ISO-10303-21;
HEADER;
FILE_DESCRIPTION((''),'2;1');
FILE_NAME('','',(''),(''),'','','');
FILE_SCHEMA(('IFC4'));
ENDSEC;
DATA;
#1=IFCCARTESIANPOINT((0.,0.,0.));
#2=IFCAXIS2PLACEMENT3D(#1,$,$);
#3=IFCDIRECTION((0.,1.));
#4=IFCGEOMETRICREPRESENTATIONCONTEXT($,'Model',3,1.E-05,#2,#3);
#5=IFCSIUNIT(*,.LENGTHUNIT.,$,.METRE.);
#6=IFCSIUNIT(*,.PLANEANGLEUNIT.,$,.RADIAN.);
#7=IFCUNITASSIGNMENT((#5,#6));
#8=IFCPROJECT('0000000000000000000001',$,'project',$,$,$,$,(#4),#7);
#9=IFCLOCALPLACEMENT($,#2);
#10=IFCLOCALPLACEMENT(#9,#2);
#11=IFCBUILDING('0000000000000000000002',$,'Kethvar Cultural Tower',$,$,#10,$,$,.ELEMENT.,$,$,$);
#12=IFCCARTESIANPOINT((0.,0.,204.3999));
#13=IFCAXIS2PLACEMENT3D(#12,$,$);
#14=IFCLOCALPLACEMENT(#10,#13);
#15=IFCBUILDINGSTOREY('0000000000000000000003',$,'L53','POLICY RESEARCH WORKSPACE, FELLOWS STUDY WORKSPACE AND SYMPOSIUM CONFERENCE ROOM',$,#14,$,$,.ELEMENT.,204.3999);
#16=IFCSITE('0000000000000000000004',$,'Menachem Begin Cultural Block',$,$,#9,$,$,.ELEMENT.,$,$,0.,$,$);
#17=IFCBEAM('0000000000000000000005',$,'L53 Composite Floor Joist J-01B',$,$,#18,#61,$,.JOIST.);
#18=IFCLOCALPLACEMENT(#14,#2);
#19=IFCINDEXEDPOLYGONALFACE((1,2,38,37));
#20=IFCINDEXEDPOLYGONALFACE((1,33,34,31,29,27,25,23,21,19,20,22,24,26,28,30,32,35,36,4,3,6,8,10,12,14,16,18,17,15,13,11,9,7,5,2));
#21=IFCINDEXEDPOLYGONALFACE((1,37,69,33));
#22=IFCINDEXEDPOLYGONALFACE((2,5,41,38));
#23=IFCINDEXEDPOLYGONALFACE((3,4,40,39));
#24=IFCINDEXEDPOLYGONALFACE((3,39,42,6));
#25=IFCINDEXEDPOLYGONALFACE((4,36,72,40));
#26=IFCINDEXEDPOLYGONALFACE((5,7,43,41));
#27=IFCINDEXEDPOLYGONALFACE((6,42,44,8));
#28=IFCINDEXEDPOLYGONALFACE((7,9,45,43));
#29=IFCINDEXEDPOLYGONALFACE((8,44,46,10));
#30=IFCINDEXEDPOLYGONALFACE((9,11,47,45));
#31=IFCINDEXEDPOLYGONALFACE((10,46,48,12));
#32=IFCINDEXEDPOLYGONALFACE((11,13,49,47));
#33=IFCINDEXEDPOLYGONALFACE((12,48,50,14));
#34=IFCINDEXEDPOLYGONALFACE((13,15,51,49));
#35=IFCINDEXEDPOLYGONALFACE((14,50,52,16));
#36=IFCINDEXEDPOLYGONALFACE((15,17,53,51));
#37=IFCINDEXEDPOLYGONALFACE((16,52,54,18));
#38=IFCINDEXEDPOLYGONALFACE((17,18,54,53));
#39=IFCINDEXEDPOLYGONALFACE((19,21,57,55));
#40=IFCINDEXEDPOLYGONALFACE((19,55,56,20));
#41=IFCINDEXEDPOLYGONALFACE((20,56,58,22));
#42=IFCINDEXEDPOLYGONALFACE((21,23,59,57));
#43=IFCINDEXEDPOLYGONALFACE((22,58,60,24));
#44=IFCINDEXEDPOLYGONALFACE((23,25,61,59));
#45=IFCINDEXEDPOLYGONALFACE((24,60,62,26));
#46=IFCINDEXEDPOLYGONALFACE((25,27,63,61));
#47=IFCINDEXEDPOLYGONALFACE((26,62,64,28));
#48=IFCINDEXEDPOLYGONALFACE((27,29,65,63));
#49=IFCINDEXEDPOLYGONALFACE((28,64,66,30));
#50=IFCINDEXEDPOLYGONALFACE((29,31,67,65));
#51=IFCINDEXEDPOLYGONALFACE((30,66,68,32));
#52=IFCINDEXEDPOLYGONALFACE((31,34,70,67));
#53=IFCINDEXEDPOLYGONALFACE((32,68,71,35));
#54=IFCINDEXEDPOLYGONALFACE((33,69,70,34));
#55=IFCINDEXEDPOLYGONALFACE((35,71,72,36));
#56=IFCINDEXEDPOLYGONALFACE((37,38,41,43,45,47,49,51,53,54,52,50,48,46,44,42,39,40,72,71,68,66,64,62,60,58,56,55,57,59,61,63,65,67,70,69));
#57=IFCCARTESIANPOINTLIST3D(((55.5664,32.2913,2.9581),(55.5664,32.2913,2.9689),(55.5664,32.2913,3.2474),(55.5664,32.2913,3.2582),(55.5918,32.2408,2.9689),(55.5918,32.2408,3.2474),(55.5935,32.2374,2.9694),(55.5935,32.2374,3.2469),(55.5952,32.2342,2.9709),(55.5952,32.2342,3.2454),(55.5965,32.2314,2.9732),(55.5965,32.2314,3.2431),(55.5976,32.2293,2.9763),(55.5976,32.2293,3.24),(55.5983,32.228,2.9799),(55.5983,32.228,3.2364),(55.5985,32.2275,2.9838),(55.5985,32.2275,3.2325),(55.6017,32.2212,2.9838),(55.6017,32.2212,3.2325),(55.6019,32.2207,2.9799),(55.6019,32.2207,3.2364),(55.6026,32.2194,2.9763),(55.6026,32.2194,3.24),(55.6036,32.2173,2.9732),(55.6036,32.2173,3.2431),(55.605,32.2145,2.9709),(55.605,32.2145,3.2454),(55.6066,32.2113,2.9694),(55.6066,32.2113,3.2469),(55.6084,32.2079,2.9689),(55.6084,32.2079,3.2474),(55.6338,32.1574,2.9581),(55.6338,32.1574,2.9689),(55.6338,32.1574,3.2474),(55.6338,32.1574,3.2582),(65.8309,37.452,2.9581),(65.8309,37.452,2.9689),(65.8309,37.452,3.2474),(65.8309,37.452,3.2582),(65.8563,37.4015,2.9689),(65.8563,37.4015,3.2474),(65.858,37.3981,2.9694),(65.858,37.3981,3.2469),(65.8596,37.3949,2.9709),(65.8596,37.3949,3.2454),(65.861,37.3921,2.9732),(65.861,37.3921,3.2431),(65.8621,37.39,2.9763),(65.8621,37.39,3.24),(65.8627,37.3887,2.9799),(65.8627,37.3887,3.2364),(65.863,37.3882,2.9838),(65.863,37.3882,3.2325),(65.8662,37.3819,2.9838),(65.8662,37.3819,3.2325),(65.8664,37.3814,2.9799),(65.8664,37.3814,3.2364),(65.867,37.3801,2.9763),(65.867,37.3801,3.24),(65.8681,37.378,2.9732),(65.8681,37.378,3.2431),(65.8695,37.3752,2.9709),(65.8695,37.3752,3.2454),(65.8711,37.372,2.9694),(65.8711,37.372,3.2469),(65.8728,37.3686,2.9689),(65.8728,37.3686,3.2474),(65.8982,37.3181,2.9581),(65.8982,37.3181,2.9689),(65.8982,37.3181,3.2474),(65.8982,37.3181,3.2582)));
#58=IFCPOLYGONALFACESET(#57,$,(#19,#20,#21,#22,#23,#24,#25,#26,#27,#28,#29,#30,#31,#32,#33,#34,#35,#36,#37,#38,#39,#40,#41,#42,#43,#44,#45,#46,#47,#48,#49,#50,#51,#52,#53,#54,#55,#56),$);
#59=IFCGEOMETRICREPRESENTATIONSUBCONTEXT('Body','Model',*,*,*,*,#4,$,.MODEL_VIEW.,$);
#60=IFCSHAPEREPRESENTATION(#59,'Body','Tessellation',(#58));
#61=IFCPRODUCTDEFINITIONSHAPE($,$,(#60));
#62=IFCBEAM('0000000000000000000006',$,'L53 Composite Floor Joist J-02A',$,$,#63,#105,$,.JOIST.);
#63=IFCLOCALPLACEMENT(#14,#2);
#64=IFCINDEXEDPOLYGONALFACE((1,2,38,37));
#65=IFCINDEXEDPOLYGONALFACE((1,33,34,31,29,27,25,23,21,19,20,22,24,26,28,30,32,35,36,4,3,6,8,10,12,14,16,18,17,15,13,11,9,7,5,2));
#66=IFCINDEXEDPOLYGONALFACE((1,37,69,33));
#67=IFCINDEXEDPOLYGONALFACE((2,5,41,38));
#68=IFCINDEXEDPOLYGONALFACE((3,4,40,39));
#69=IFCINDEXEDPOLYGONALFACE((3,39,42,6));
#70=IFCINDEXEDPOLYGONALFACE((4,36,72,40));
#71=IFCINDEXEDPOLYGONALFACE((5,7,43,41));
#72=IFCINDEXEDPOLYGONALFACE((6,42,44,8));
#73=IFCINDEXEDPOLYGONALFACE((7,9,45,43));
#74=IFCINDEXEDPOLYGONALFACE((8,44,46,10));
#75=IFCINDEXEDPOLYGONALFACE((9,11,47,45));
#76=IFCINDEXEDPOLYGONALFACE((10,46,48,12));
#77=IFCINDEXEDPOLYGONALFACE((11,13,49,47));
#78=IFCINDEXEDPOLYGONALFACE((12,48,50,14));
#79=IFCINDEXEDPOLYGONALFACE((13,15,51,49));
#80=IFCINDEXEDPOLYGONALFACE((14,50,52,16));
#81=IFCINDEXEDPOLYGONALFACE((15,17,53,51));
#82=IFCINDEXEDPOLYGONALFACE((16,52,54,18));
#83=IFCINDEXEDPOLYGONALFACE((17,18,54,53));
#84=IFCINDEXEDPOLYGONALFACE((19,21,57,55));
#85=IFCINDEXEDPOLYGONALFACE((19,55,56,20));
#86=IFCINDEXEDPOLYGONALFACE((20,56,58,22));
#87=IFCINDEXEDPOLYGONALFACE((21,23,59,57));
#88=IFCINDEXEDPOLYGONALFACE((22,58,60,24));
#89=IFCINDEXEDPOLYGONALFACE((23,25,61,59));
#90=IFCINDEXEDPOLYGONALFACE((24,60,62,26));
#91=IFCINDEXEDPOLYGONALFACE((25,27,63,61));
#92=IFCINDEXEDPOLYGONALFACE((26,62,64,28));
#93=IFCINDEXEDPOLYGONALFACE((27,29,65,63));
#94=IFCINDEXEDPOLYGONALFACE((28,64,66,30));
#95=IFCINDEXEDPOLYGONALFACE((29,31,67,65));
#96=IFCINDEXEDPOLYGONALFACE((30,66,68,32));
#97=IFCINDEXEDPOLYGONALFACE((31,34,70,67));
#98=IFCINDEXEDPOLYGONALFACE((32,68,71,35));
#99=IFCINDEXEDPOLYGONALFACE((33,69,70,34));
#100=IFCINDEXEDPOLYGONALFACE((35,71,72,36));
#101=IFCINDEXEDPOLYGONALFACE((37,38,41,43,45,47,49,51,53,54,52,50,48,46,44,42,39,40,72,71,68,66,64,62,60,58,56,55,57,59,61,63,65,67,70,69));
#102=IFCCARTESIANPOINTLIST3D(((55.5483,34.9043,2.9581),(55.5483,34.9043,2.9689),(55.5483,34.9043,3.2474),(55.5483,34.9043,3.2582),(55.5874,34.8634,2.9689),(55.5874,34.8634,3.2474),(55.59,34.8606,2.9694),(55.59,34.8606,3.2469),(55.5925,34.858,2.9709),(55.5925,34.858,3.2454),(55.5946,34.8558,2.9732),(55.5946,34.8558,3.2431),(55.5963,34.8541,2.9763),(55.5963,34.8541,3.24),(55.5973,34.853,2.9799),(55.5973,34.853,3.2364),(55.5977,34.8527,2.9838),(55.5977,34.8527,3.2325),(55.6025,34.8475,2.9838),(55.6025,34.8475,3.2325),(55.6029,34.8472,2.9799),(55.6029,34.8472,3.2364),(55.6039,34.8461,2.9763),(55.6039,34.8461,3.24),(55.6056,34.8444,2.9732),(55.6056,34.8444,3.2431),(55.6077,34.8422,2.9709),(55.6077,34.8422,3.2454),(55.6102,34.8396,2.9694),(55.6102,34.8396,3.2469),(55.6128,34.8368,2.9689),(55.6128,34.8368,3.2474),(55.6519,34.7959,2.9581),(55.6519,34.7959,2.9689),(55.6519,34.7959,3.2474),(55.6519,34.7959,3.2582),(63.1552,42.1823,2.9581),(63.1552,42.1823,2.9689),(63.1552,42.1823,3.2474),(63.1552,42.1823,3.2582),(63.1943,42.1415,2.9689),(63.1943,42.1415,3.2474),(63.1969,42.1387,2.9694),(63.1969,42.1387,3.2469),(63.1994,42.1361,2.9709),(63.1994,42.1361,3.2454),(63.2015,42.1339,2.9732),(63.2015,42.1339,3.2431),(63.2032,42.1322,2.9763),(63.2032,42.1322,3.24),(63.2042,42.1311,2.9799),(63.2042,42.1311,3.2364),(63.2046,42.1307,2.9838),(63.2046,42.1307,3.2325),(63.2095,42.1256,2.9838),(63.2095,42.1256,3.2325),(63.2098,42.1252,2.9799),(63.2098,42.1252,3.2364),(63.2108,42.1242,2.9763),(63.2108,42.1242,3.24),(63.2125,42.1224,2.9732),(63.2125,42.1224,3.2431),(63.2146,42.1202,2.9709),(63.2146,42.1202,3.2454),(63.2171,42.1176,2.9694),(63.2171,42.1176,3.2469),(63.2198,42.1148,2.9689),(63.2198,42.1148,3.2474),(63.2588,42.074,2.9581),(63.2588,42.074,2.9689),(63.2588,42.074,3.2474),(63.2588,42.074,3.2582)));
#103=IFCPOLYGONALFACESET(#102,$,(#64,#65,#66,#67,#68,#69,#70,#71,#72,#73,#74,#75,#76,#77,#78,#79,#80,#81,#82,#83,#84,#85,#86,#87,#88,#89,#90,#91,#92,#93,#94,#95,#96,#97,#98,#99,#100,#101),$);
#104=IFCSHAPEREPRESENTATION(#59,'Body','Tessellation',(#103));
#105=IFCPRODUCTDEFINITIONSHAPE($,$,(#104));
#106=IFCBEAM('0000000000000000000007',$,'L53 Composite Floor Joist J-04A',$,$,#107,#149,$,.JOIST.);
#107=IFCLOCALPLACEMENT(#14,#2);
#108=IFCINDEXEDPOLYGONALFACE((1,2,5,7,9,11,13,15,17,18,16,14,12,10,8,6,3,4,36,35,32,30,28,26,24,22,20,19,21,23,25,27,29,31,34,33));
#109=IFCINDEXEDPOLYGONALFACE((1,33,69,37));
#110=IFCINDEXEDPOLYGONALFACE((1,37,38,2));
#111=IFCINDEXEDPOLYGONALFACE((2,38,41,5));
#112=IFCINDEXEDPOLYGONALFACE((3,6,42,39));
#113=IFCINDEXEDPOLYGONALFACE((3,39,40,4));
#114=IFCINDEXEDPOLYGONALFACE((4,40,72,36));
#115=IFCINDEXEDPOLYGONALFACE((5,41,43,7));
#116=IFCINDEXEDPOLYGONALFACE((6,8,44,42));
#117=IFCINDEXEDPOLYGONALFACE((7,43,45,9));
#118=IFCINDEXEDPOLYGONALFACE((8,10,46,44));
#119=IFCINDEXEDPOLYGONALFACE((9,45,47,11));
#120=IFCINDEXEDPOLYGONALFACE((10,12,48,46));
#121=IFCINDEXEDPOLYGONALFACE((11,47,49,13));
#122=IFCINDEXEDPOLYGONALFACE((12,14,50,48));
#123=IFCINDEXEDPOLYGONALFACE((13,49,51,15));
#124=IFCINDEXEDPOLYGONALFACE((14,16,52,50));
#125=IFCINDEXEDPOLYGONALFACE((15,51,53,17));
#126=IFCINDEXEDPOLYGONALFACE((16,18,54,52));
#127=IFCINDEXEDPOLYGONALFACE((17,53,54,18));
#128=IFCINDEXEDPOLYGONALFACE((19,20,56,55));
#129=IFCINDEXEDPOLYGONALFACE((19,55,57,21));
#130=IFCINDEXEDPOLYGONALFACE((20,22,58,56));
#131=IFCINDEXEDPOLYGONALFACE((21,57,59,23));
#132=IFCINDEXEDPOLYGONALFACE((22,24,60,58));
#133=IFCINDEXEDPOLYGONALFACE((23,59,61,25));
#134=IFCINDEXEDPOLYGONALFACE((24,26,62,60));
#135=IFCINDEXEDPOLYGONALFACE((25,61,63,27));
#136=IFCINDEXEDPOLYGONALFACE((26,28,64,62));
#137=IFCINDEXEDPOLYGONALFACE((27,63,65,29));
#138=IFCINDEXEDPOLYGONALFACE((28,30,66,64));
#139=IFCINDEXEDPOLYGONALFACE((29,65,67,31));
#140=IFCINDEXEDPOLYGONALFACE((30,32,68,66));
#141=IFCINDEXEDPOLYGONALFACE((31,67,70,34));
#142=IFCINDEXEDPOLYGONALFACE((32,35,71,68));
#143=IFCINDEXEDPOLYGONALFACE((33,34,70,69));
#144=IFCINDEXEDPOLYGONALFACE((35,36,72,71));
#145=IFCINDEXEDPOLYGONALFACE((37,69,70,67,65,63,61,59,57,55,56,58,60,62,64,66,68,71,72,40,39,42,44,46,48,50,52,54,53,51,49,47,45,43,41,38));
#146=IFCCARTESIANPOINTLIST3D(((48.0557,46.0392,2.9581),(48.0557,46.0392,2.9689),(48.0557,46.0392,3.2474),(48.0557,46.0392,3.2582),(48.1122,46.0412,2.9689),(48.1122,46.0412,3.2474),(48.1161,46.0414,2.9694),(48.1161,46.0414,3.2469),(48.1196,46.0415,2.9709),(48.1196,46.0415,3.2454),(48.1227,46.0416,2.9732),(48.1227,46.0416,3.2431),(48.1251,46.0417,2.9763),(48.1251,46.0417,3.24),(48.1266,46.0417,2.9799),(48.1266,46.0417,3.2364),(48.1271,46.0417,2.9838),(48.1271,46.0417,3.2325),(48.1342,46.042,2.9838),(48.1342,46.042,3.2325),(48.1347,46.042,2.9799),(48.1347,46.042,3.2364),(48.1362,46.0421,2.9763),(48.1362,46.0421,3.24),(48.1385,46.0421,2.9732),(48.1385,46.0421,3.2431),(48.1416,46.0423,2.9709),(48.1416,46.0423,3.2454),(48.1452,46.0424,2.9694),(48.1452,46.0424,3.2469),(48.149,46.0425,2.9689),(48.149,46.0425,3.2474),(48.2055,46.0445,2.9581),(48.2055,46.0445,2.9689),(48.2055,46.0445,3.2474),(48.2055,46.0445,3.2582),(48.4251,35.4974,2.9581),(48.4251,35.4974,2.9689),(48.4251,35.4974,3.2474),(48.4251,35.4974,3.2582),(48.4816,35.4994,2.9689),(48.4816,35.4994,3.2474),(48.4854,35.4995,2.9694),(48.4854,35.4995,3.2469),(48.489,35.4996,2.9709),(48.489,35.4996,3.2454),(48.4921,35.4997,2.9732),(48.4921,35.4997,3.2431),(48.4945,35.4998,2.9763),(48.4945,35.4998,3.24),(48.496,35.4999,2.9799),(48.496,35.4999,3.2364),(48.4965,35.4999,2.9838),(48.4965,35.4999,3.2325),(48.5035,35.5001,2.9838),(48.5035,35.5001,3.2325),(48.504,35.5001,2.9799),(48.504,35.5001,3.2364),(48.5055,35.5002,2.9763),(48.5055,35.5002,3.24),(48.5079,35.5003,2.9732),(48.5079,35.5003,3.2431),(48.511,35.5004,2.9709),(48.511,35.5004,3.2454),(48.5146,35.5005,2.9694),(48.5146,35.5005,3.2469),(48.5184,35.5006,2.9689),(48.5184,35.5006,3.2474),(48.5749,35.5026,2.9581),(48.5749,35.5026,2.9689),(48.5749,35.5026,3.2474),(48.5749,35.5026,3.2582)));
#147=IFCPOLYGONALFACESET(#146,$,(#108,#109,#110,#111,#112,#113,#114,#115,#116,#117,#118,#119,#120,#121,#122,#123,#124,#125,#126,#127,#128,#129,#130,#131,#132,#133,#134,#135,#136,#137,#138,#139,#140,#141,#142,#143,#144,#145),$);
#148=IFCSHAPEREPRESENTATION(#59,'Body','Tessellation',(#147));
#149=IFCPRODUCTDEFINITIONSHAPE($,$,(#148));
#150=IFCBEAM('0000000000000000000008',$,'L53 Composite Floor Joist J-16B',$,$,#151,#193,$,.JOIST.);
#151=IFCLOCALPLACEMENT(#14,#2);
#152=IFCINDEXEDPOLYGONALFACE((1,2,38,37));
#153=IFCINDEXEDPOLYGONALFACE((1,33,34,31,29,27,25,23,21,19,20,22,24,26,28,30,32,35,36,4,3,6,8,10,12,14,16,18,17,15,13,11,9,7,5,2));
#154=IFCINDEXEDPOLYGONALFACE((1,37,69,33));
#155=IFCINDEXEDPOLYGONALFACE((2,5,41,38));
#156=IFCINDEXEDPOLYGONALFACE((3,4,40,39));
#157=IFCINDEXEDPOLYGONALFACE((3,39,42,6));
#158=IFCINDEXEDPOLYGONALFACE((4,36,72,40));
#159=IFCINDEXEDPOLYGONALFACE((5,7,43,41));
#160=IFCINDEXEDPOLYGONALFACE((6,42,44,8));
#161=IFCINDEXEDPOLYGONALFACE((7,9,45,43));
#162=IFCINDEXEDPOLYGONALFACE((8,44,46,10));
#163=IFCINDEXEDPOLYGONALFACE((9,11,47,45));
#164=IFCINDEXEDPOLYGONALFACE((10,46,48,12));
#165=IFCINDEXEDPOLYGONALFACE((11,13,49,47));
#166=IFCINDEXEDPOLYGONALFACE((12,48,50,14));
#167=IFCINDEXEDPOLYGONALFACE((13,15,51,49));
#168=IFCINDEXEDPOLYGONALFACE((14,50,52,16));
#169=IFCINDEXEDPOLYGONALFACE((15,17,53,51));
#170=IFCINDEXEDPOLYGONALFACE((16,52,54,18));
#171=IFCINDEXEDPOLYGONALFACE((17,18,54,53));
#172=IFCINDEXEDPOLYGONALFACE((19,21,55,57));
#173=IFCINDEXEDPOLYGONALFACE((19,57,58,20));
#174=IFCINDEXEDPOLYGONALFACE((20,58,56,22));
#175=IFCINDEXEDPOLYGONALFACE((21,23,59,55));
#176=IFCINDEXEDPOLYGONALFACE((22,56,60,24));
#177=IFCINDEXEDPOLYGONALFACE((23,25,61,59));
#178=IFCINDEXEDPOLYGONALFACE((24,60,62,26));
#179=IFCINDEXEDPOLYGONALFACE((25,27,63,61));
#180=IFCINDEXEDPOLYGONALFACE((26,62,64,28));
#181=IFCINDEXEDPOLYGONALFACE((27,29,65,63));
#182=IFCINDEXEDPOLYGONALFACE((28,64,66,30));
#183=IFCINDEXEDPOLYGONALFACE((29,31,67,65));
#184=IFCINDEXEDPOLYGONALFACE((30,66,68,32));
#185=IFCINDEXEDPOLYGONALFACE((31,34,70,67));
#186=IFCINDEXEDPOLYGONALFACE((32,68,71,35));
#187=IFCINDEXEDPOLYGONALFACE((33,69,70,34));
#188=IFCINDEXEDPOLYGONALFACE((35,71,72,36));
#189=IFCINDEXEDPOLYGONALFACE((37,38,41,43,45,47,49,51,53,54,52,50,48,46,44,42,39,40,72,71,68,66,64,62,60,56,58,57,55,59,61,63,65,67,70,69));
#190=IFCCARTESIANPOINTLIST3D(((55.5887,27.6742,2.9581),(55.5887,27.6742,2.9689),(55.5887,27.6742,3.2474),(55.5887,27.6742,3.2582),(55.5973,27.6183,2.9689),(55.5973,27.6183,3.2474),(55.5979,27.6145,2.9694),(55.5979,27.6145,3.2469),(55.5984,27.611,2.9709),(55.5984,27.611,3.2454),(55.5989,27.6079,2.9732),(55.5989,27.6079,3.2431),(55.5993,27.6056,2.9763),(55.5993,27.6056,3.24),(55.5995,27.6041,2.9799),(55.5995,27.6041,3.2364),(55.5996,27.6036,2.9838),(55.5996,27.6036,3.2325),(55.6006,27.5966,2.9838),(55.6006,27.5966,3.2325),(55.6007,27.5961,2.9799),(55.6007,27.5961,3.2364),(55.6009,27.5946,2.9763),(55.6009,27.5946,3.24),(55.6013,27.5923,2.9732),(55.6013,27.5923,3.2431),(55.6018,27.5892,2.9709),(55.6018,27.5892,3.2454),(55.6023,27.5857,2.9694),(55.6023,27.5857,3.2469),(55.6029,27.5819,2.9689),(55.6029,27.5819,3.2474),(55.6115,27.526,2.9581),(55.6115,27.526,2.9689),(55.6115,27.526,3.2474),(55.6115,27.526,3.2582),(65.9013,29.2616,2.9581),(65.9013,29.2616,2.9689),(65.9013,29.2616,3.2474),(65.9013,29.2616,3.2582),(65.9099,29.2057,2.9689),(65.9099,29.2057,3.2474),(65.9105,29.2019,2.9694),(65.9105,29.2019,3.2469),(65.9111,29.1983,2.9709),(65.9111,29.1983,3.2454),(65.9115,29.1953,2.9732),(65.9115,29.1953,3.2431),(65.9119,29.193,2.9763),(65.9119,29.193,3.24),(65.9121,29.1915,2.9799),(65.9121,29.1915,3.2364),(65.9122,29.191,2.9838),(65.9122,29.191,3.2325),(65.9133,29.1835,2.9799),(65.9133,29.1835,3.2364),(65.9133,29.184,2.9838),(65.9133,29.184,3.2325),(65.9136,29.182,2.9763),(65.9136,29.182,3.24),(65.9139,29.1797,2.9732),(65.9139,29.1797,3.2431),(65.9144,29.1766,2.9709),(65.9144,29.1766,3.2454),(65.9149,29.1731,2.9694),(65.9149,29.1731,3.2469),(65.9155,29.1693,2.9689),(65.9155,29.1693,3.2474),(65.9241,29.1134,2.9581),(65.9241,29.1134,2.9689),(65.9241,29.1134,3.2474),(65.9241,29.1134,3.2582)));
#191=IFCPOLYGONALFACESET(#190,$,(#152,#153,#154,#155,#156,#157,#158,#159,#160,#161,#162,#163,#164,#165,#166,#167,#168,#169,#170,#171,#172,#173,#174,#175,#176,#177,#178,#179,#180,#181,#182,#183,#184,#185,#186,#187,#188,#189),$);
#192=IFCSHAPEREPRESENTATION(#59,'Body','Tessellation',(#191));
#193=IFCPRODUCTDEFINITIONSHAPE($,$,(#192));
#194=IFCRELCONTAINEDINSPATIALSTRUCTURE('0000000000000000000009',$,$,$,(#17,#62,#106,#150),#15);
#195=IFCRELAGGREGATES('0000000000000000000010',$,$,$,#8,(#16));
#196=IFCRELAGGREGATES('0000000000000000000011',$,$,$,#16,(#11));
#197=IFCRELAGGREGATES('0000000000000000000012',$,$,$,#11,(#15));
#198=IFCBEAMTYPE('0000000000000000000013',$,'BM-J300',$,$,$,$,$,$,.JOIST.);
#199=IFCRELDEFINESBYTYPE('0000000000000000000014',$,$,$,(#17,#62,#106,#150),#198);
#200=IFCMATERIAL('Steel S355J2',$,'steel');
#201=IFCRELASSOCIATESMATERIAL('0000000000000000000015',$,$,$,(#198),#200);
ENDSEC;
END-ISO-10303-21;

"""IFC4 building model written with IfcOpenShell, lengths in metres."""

from ifc_helpers import new_model, si_unit, direction, frame, origin, origin_2d, place, context, subcontext, project, spatial, i_section, extrude, source, transform, mapped, material, material_profile, profile_set, type_object, element, save


model = new_model("IFC4")

# Units and contexts
model_context = context("Model", 3, precision=1e-05, world=origin(), true_north=direction((0.0, 1.0)))
body_context = subcontext(model_context, "Body", "Model", "MODEL_VIEW")
ifc_project = project(units=[si_unit("LENGTHUNIT", "METRE"), si_unit("PLANEANGLEUNIT", "RADIAN")], contexts=[model_context])

# Site, building, storey
site_placement = place(None, origin())
site = spatial("IfcSite", under=ifc_project, at=site_placement, Name="Menachem Begin Cultural Block", CompositionType="ELEMENT", RefElevation=0.0)
building_placement = place(site_placement, origin())
building = spatial("IfcBuilding", under=site, at=building_placement, Name="Kethvar Cultural Tower", CompositionType="ELEMENT")
storey_placement = place(building_placement, frame((0.0, 0.0, 204.3999)))
storey = spatial("IfcBuildingStorey", under=building, at=storey_placement, Name="L53", Description="POLICY RESEARCH WORKSPACE, FELLOWS STUDY WORKSPACE AND SYMPOSIUM CONFERENCE ROOM", CompositionType="ELEMENT", Elevation=204.3999)

# Beams
ifc_material_1 = material(Name="Steel S355J2", Category="steel")
ifc_material_profile_1 = material_profile(ifc_material_1, i_section(OverallWidth=0.1499, OverallDepth=0.3, WebThickness=0.0071, FlangeThickness=0.0107, FilletRadius=0.0149, at=origin_2d()), Name="Steel S355J2 — IPE300")
ifc_profile_set_1 = profile_set([ifc_material_profile_1], Name="Steel S355J2 — IPE300")
beam_type_1 = type_object("IfcBeamType", Name="BM-J300", PredefinedType="JOIST", material=ifc_profile_set_1)
shared_shape_1 = source(origin(), body_context, "Body", "SweptSolid", [
    extrude(i_section(OverallWidth=0.1499, OverallDepth=0.3, WebThickness=0.0071, FlangeThickness=0.0107, FilletRadius=0.0149, at=origin_2d()), origin(), (0.0, 0.0, 1.0), 11.4888),
])
beam_1_placement = place(storey_placement, frame((55.6001, 32.2244, 3.1082), z_axis=(0.893435, 0.449193, 0.0), x_axis=(-0.449193, 0.893435, 0.0)))
element("IfcBeam", 1, at=beam_1_placement, inside=storey, type_object=beam_type_1, Name="L53 Composite Floor Joist J-01B", PredefinedType="JOIST", context=body_context, shape_type="MappedRepresentation", body=[
    mapped(shared_shape_1, transform((0.0, 0.0, 0.0), scale=1.0)),
])
shared_shape_2 = source(origin(), body_context, "Body", "SweptSolid", [
    extrude(i_section(OverallWidth=0.1499, OverallDepth=0.3, WebThickness=0.0071, FlangeThickness=0.0107, FilletRadius=0.0149, at=origin_2d()), origin(), (0.0, 0.0, 1.0), 10.5278),
])
beam_2_placement = place(storey_placement, frame((55.6001, 34.8501, 3.1082), z_axis=(0.722553, 0.691316, 0.0), x_axis=(-0.691316, 0.722553, 0.0)))
element("IfcBeam", 2, at=beam_2_placement, inside=storey, type_object=beam_type_1, Name="L53 Composite Floor Joist J-02A", PredefinedType="JOIST", context=body_context, shape_type="MappedRepresentation", body=[
    mapped(shared_shape_2, transform((0.0, 0.0, 0.0), scale=1.0)),
])
shared_shape_3 = source(origin(), body_context, "Body", "SweptSolid", [
    extrude(i_section(OverallWidth=0.1499, OverallDepth=0.3, WebThickness=0.0071, FlangeThickness=0.0107, FilletRadius=0.0149, at=origin_2d()), origin(), (0.0, 0.0, 1.0), 10.5483),
])
beam_3_placement = place(storey_placement, frame((48.5, 35.5, 3.1082), z_axis=(-0.035018, 0.999387, 0.0), x_axis=(-0.999387, -0.035018, 0.0)))
element("IfcBeam", 3, at=beam_3_placement, inside=storey, type_object=beam_type_1, Name="L53 Composite Floor Joist J-04A", PredefinedType="JOIST", context=body_context, shape_type="MappedRepresentation", body=[
    mapped(shared_shape_3, transform((0.0, 0.0, 0.0), scale=1.0)),
])
shared_shape_4 = source(origin(), body_context, "Body", "SweptSolid", [
    extrude(i_section(OverallWidth=0.1499, OverallDepth=0.3, WebThickness=0.0071, FlangeThickness=0.0107, FilletRadius=0.0149, at=origin_2d()), origin(), (0.0, 0.0, 1.0), 10.4341),
])
beam_4_placement = place(storey_placement, frame((55.6001, 27.6001, 3.1082), z_axis=(0.98836, 0.152135, 0.0), x_axis=(-0.152135, 0.98836, 0.0)))
element("IfcBeam", 4, at=beam_4_placement, inside=storey, type_object=beam_type_1, Name="L53 Composite Floor Joist J-16B", PredefinedType="JOIST", context=body_context, shape_type="MappedRepresentation", body=[
    mapped(shared_shape_4, transform((0.0, 0.0, 0.0), scale=1.0)),
])

save(model, "model.ifc")
